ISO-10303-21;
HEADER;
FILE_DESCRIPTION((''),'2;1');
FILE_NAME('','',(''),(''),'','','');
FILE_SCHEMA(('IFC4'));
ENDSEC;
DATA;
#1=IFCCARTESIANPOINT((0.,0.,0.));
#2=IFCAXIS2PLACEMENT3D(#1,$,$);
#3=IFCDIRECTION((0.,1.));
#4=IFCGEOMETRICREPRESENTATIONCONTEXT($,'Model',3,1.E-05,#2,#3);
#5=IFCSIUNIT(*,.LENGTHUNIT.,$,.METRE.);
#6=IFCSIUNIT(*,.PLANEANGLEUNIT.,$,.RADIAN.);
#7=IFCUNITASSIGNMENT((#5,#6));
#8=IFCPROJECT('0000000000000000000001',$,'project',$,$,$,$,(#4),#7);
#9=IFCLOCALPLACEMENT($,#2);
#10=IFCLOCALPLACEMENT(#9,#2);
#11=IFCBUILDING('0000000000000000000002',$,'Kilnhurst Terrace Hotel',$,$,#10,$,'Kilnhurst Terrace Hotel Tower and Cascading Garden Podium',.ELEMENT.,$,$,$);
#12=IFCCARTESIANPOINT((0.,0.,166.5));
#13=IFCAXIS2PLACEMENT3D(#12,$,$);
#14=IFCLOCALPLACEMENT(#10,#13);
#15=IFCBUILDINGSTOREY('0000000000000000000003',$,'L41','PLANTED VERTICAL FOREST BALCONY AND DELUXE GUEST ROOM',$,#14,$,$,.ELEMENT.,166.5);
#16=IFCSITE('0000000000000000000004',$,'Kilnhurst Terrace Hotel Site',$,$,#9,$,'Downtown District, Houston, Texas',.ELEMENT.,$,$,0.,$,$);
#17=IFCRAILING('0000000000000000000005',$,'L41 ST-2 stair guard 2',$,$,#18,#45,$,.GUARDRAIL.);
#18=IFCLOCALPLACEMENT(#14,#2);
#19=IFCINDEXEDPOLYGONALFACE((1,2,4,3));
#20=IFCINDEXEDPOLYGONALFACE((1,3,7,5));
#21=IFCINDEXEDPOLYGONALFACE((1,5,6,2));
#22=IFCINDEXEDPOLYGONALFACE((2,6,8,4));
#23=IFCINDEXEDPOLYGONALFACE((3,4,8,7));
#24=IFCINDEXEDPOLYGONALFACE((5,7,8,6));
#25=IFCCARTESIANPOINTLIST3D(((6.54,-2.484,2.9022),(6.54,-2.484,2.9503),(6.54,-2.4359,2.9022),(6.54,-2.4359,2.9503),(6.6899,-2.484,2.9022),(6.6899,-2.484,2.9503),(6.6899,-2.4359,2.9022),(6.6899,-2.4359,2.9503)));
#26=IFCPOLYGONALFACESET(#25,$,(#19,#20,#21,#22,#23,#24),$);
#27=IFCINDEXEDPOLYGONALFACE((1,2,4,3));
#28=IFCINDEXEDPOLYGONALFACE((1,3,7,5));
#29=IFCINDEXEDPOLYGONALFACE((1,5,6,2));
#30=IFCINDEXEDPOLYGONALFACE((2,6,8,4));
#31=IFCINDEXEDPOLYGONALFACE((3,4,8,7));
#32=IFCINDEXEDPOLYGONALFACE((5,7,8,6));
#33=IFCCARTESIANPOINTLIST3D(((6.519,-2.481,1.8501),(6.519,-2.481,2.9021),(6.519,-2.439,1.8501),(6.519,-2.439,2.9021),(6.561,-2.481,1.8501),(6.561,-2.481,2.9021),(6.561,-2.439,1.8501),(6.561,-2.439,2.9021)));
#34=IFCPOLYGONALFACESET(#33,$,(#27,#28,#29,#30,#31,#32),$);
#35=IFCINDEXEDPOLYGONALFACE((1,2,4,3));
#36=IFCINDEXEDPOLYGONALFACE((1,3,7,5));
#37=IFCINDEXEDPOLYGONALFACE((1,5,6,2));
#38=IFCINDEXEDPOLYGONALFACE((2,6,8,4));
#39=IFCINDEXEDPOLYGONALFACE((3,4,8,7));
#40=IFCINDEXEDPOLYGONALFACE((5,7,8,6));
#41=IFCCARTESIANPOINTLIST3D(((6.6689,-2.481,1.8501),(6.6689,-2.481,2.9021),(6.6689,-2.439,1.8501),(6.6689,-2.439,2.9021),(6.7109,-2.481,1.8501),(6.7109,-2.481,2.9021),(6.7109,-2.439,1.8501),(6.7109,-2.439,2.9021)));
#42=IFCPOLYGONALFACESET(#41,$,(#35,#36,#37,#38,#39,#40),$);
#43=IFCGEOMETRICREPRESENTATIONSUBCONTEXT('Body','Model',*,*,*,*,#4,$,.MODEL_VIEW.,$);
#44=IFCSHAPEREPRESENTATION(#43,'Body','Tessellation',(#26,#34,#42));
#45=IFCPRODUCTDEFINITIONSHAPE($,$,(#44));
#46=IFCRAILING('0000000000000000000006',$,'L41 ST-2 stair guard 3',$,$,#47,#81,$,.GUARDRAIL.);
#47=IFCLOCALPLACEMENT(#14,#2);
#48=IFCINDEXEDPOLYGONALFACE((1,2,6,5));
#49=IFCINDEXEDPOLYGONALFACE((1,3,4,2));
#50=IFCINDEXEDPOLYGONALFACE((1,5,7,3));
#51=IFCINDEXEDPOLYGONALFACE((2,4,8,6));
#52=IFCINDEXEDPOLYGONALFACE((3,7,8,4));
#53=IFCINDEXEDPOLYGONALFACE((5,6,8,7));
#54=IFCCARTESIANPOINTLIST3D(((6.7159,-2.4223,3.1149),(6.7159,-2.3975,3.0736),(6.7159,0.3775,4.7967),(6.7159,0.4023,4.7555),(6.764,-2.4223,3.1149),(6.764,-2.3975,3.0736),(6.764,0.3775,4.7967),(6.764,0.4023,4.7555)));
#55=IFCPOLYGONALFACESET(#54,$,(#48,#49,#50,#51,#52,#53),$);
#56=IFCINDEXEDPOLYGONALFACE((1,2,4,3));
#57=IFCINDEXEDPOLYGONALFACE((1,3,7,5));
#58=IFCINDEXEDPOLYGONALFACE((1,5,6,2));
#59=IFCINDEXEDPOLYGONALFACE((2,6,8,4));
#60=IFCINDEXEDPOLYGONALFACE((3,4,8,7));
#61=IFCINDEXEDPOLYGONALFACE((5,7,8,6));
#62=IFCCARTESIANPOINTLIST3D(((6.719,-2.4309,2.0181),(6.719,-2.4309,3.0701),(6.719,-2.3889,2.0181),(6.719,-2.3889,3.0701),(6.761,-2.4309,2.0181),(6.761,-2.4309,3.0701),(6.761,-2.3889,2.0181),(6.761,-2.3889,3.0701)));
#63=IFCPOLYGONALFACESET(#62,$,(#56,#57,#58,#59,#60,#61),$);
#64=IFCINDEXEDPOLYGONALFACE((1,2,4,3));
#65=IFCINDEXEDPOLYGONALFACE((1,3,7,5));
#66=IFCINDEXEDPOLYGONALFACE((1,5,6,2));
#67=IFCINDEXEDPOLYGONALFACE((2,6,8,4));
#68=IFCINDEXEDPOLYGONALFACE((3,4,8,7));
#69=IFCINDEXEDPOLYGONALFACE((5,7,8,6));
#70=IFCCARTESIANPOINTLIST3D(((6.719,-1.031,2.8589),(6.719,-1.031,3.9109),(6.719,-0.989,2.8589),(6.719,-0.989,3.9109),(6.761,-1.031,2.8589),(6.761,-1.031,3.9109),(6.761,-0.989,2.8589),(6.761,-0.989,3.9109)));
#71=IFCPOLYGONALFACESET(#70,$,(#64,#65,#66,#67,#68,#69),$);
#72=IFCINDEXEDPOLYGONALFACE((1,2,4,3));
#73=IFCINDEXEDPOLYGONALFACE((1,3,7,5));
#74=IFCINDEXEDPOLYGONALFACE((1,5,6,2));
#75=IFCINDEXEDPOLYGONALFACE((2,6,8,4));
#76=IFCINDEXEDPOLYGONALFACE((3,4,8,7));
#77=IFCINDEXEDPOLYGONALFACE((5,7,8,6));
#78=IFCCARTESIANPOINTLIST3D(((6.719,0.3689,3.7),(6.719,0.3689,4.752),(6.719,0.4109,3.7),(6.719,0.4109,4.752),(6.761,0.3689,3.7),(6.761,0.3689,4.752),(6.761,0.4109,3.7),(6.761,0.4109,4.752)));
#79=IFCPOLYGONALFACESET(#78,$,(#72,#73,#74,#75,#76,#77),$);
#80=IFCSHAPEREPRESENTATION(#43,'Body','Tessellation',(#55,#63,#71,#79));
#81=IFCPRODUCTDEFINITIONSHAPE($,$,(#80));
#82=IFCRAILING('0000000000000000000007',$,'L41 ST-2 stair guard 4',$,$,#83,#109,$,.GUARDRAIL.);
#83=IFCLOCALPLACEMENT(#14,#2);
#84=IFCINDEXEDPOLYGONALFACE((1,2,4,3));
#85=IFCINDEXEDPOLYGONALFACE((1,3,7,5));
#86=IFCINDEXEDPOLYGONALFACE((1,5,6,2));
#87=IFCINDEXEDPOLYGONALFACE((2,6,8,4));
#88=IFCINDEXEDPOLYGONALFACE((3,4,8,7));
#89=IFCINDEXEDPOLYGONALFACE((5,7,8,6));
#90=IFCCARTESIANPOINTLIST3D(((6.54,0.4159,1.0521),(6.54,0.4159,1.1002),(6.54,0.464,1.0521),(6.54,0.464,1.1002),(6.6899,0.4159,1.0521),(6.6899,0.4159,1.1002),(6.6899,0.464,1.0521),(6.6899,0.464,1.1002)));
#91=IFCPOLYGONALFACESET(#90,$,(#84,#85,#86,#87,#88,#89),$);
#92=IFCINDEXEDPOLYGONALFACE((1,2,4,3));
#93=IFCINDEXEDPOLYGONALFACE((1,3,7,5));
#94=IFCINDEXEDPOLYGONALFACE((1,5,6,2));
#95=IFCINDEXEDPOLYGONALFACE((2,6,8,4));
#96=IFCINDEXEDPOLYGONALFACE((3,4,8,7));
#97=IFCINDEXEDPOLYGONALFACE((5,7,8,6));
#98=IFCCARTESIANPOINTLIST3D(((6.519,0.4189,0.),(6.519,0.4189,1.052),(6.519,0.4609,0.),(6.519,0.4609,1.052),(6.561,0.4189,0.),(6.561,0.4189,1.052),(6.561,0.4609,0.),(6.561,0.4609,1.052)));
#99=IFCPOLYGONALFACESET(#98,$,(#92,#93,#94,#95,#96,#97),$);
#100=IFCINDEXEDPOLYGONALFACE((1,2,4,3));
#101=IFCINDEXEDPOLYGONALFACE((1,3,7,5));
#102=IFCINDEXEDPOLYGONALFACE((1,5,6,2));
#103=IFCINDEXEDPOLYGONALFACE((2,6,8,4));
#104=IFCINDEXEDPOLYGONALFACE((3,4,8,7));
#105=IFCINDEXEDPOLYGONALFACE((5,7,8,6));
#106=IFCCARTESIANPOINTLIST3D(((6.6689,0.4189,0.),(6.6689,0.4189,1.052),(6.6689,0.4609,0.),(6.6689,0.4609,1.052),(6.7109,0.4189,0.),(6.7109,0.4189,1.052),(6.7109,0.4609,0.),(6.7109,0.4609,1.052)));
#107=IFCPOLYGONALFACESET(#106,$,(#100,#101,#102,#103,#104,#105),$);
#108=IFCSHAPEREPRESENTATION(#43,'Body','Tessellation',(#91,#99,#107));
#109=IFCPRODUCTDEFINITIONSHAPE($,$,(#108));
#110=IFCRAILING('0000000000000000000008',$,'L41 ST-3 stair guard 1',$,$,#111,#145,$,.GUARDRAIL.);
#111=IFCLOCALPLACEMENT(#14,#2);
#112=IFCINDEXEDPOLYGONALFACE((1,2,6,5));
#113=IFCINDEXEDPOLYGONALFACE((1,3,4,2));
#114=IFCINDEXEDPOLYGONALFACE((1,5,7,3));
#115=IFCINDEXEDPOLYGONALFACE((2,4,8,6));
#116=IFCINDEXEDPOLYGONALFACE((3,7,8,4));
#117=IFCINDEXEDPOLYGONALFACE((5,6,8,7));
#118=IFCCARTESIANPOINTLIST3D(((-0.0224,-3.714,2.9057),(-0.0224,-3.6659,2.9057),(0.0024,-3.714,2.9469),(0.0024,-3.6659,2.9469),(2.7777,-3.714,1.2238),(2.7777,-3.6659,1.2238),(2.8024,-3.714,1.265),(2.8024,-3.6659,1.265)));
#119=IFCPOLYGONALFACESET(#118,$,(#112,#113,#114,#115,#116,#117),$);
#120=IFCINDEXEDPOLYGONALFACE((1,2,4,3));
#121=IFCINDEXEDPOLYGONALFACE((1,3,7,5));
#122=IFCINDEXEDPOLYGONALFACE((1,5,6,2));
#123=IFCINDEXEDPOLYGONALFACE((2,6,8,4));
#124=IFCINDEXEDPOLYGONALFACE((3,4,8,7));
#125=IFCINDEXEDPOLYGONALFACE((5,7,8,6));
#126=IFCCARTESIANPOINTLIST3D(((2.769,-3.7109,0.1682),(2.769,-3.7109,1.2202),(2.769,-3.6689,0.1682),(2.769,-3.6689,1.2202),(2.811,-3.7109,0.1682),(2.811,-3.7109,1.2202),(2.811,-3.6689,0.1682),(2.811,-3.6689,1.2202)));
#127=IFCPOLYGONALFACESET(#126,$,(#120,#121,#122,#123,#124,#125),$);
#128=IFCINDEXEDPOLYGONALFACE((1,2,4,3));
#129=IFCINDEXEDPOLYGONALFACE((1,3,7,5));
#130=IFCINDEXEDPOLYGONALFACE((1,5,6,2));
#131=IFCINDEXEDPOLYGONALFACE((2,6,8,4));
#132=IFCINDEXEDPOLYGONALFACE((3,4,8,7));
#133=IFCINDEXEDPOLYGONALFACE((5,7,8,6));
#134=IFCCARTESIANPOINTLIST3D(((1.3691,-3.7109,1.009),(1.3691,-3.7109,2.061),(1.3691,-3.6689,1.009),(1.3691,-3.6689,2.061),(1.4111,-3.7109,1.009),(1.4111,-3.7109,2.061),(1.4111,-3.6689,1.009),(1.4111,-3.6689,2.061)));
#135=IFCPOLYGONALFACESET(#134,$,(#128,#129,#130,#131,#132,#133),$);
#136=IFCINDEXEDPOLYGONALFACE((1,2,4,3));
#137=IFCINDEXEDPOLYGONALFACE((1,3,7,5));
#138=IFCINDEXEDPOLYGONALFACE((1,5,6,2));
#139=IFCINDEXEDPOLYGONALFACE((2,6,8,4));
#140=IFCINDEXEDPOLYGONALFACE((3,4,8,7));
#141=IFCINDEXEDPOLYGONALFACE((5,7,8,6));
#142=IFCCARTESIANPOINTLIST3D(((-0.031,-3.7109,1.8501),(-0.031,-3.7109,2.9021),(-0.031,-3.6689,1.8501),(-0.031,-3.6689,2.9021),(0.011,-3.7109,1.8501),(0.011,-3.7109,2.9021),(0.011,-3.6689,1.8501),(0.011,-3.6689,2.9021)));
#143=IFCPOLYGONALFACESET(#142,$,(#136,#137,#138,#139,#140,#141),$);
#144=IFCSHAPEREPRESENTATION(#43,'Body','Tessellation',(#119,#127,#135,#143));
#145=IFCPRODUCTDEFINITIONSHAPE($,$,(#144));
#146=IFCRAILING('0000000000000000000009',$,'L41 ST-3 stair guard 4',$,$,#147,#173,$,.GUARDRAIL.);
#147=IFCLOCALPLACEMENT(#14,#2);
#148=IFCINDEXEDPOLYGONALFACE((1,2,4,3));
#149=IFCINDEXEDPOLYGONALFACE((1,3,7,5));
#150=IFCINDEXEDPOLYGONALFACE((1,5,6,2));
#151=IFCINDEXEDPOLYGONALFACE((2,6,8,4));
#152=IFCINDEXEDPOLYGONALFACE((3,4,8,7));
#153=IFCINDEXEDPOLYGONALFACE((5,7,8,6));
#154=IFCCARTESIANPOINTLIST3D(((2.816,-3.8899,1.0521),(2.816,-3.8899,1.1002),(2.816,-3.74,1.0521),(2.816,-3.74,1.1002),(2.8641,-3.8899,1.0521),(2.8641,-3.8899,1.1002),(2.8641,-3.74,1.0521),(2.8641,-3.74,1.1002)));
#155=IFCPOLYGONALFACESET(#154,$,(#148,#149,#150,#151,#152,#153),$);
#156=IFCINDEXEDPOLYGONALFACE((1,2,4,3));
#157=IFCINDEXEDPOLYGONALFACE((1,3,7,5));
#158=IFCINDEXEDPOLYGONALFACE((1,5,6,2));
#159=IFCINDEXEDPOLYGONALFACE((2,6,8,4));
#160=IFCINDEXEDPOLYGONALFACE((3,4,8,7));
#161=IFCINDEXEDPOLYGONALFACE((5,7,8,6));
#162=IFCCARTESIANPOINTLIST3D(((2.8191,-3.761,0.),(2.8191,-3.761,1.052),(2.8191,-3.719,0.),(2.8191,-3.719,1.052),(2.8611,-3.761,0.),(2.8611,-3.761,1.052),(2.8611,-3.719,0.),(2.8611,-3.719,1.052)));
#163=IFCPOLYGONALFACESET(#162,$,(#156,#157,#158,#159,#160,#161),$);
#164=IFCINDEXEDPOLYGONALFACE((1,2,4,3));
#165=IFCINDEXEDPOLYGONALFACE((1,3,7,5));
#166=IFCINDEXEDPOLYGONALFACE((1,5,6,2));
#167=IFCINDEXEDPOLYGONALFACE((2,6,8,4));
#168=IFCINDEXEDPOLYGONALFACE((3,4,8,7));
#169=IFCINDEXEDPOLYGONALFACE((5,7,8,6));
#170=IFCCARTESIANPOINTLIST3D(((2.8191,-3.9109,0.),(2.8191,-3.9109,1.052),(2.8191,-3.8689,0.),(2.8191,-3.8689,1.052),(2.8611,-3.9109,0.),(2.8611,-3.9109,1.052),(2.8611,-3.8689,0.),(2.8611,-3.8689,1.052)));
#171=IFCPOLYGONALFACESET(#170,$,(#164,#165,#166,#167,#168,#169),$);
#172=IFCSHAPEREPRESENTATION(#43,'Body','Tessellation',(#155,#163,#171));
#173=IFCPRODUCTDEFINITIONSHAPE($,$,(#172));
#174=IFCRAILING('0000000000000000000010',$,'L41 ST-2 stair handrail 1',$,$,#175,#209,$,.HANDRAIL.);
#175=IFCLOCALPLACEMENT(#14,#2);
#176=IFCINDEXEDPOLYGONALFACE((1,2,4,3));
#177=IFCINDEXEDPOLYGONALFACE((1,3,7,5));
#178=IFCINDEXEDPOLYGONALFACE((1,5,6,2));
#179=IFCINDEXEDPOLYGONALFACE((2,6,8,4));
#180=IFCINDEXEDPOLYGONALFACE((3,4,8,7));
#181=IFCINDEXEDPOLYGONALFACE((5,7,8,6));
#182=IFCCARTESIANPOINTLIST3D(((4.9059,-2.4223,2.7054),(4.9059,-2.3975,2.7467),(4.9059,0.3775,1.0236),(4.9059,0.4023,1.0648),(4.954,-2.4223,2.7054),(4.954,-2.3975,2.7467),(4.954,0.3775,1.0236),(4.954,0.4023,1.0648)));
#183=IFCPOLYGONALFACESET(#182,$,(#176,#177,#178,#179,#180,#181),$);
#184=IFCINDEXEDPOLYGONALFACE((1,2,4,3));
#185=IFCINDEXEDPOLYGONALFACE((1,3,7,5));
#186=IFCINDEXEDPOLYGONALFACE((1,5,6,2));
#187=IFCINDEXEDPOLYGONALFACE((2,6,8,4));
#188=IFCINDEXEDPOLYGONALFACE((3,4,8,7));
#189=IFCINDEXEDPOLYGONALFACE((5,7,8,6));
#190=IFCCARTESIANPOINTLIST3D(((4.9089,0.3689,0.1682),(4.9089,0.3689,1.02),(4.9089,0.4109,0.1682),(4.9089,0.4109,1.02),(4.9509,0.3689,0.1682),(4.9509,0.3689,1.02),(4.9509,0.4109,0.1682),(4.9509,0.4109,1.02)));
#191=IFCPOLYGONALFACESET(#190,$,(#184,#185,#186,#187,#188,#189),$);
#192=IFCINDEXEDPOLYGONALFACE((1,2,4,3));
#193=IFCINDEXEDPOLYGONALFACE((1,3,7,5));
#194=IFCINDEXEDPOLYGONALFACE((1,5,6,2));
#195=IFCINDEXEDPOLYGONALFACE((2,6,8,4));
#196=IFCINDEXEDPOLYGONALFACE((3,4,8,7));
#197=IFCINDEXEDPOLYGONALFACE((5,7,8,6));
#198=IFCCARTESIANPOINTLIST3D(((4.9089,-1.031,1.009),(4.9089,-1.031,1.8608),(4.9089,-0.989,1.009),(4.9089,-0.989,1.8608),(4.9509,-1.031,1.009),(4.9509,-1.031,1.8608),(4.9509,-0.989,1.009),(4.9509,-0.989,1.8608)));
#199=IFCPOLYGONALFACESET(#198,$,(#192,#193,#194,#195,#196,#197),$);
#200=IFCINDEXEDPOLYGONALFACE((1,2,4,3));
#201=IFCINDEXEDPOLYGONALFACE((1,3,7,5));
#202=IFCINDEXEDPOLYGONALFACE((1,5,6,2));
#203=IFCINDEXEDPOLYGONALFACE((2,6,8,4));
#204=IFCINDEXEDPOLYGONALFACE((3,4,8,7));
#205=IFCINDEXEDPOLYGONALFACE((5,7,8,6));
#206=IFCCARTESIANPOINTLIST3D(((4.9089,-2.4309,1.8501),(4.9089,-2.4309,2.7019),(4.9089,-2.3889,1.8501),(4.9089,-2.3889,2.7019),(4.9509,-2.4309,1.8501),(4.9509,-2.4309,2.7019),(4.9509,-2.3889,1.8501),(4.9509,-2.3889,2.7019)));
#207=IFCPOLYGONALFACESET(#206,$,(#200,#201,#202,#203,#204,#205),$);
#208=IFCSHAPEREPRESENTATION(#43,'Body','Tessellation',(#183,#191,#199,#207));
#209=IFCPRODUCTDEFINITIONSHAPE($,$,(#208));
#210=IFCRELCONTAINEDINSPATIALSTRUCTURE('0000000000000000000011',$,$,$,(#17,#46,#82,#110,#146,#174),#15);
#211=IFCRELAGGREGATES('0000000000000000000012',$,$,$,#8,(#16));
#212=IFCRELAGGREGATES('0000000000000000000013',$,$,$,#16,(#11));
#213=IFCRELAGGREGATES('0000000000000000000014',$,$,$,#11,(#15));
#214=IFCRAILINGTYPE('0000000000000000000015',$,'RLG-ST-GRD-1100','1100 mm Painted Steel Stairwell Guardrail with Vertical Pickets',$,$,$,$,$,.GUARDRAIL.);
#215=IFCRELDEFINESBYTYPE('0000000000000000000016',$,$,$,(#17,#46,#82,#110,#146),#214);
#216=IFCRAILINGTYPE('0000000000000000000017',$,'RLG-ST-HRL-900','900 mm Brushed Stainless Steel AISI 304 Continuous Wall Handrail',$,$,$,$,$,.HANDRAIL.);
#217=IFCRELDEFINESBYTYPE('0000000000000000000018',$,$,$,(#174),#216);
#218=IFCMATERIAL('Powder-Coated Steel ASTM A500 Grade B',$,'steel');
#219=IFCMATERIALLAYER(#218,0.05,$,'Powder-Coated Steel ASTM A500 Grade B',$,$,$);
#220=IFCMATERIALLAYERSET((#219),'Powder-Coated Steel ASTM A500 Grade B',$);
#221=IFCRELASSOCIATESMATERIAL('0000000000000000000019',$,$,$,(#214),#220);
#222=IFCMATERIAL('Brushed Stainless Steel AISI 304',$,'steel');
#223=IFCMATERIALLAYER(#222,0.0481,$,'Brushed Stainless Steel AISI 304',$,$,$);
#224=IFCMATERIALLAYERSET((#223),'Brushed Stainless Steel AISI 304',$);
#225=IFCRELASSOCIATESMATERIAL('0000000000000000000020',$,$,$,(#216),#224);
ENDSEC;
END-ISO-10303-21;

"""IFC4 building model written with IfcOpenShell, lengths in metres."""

from ifc_helpers import new_model, si_unit, direction, frame, origin, origin_2d, place, context, subcontext, project, spatial, rectangle, extrude, material, layer, layer_set, type_object, element, save


model = new_model("IFC4")

# Units and contexts
model_context = context("Model", 3, precision=1e-05, world=origin(), true_north=direction((0.0, 1.0)))
body_context = subcontext(model_context, "Body", "Model", "MODEL_VIEW")
ifc_project = project(units=[si_unit("LENGTHUNIT", "METRE"), si_unit("PLANEANGLEUNIT", "RADIAN")], contexts=[model_context])

# Site, building, storey
site_placement = place(None, origin())
site = spatial("IfcSite", under=ifc_project, at=site_placement, Name="Kilnhurst Terrace Hotel Site", LongName="Downtown District, Houston, Texas", CompositionType="ELEMENT", RefElevation=0.0)
building_placement = place(site_placement, origin())
building = spatial("IfcBuilding", under=site, at=building_placement, Name="Kilnhurst Terrace Hotel", LongName="Kilnhurst Terrace Hotel Tower and Cascading Garden Podium", CompositionType="ELEMENT")
storey_placement = place(building_placement, frame((0.0, 0.0, 166.5)))
storey = spatial("IfcBuildingStorey", under=building, at=storey_placement, Name="L41", Description="PLANTED VERTICAL FOREST BALCONY AND DELUXE GUEST ROOM", CompositionType="ELEMENT", Elevation=166.5)

# Railings
ifc_material_1 = material(Name="Powder-Coated Steel ASTM A500 Grade B", Category="steel")
ifc_layer_1 = layer(ifc_material_1, 0.05, Name="Powder-Coated Steel ASTM A500 Grade B")
ifc_layer_set_1 = layer_set([ifc_layer_1], Name="Powder-Coated Steel ASTM A500 Grade B")
railing_type_1 = type_object("IfcRailingType", Name="RLG-ST-GRD-1100", Description="1100 mm Painted Steel Stairwell Guardrail with Vertical Pickets", PredefinedType="GUARDRAIL", material=ifc_layer_set_1)
railing_1_placement = place(storey_placement, frame((6.54, -2.46, 1.8501)))
element("IfcRailing", 1, at=railing_1_placement, inside=storey, type_object=railing_type_1, Name="L41 ST-2 stair guard 2", PredefinedType="GUARDRAIL", context=body_context, shape_type="SweptSolid", body=[
    extrude(rectangle(XDim=0.0481, YDim=0.0481, at=origin_2d()), frame((0.0, 0.0, 1.0762), z_axis=(1.0, 0.0, 0.0), x_axis=(0.0, 1.0, 0.0)), (0.0, 0.0, 1.0), 0.1499),
    extrude(rectangle(XDim=0.042, YDim=0.042, at=origin_2d()), origin(), (0.0, 0.0, 1.0), 1.052),
    extrude(rectangle(XDim=0.042, YDim=0.042, at=origin_2d()), frame((0.1499, 0.0, 0.0)), (0.0, 0.0, 1.0), 1.052),
])
railing_2_placement = place(storey_placement, frame((6.74, -2.4099, 2.0181)))
element("IfcRailing", 2, at=railing_2_placement, inside=storey, type_object=railing_type_1, Name="L41 ST-2 stair guard 3", PredefinedType="GUARDRAIL", context=body_context, shape_type="SweptSolid", body=[
    extrude(rectangle(XDim=0.0481, YDim=0.0481, at=origin_2d()), frame((0.0, 0.0, 1.0762), z_axis=(0.0, 0.857222, 0.514946), x_axis=(-1.0, 0.0, 0.0)), (0.0, 0.0, 1.0), 3.2661),
    extrude(rectangle(XDim=0.042, YDim=0.042, at=origin_2d()), origin(), (0.0, 0.0, 1.0), 1.052),
    extrude(rectangle(XDim=0.042, YDim=0.042, at=origin_2d()), frame((0.0, 1.3999, 0.8408)), (0.0, 0.0, 1.0), 1.052),
    extrude(rectangle(XDim=0.042, YDim=0.042, at=origin_2d()), frame((0.0, 2.7998, 1.6819)), (0.0, 0.0, 1.0), 1.052),
])
railing_3_placement = place(storey_placement, frame((6.54, 0.4399, 0.0)))
element("IfcRailing", 3, at=railing_3_placement, inside=storey, type_object=railing_type_1, Name="L41 ST-2 stair guard 4", PredefinedType="GUARDRAIL", context=body_context, shape_type="SweptSolid", body=[
    extrude(rectangle(XDim=0.0481, YDim=0.0481, at=origin_2d()), frame((0.0, 0.0, 1.0762), z_axis=(1.0, 0.0, 0.0), x_axis=(0.0, 1.0, 0.0)), (0.0, 0.0, 1.0), 0.1499),
    extrude(rectangle(XDim=0.042, YDim=0.042, at=origin_2d()), origin(), (0.0, 0.0, 1.0), 1.052),
    extrude(rectangle(XDim=0.042, YDim=0.042, at=origin_2d()), frame((0.1499, 0.0, 0.0)), (0.0, 0.0, 1.0), 1.052),
])
railing_4_placement = place(storey_placement, frame((2.79, -3.6899, 0.1682)))
element("IfcRailing", 4, at=railing_4_placement, inside=storey, type_object=railing_type_1, Name="L41 ST-3 stair guard 1", PredefinedType="GUARDRAIL", context=body_context, shape_type="SweptSolid", body=[
    extrude(rectangle(XDim=0.0481, YDim=0.0481, at=origin_2d()), frame((0.0, 0.0, 1.0762), z_axis=(-0.857242, 0.0, 0.514913), x_axis=(0.0, -1.0, 0.0)), (0.0, 0.0, 1.0), 3.2664),
    extrude(rectangle(XDim=0.042, YDim=0.042, at=origin_2d()), origin(), (0.0, 0.0, 1.0), 1.052),
    extrude(rectangle(XDim=0.042, YDim=0.042, at=origin_2d()), frame((-1.3999, 0.0, 0.8408)), (0.0, 0.0, 1.0), 1.052),
    extrude(rectangle(XDim=0.042, YDim=0.042, at=origin_2d()), frame((-2.8, 0.0, 1.6819)), (0.0, 0.0, 1.0), 1.052),
])
railing_5_placement = place(storey_placement, frame((2.8401, -3.74, 0.0)))
element("IfcRailing", 5, at=railing_5_placement, inside=storey, type_object=railing_type_1, Name="L41 ST-3 stair guard 4", PredefinedType="GUARDRAIL", context=body_context, shape_type="SweptSolid", body=[
    extrude(rectangle(XDim=0.0481, YDim=0.0481, at=origin_2d()), frame((0.0, 0.0, 1.0762), z_axis=(0.0, -1.0, 0.0), x_axis=(1.0, 0.0, 0.0)), (0.0, 0.0, 1.0), 0.1499),
    extrude(rectangle(XDim=0.042, YDim=0.042, at=origin_2d()), origin(), (0.0, 0.0, 1.0), 1.052),
    extrude(rectangle(XDim=0.042, YDim=0.042, at=origin_2d()), frame((0.0, -0.1499, 0.0)), (0.0, 0.0, 1.0), 1.052),
])
ifc_material_2 = material(Name="Brushed Stainless Steel AISI 304", Category="steel")
ifc_layer_2 = layer(ifc_material_2, 0.0481, Name="Brushed Stainless Steel AISI 304")
ifc_layer_set_2 = layer_set([ifc_layer_2], Name="Brushed Stainless Steel AISI 304")
railing_type_2 = type_object("IfcRailingType", Name="RLG-ST-HRL-900", Description="900 mm Brushed Stainless Steel AISI 304 Continuous Wall Handrail", PredefinedType="HANDRAIL", material=ifc_layer_set_2)
railing_6_placement = place(storey_placement, frame((4.9299, 0.3899, 0.1682)))
element("IfcRailing", 6, at=railing_6_placement, inside=storey, type_object=railing_type_2, Name="L41 ST-2 stair handrail 1", PredefinedType="HANDRAIL", context=body_context, shape_type="SweptSolid", body=[
    extrude(rectangle(XDim=0.0481, YDim=0.0481, at=origin_2d()), frame((0.0, 0.0, 0.876), z_axis=(0.0, -0.857222, 0.514946), x_axis=(1.0, 0.0, 0.0)), (0.0, 0.0, 1.0), 3.2661),
    extrude(rectangle(XDim=0.042, YDim=0.042, at=origin_2d()), origin(), (0.0, 0.0, 1.0), 0.8518),
    extrude(rectangle(XDim=0.042, YDim=0.042, at=origin_2d()), frame((0.0, -1.3999, 0.8408)), (0.0, 0.0, 1.0), 0.8518),
    extrude(rectangle(XDim=0.042, YDim=0.042, at=origin_2d()), frame((0.0, -2.7998, 1.6819)), (0.0, 0.0, 1.0), 0.8518),
])

save(model, "model.ifc")
